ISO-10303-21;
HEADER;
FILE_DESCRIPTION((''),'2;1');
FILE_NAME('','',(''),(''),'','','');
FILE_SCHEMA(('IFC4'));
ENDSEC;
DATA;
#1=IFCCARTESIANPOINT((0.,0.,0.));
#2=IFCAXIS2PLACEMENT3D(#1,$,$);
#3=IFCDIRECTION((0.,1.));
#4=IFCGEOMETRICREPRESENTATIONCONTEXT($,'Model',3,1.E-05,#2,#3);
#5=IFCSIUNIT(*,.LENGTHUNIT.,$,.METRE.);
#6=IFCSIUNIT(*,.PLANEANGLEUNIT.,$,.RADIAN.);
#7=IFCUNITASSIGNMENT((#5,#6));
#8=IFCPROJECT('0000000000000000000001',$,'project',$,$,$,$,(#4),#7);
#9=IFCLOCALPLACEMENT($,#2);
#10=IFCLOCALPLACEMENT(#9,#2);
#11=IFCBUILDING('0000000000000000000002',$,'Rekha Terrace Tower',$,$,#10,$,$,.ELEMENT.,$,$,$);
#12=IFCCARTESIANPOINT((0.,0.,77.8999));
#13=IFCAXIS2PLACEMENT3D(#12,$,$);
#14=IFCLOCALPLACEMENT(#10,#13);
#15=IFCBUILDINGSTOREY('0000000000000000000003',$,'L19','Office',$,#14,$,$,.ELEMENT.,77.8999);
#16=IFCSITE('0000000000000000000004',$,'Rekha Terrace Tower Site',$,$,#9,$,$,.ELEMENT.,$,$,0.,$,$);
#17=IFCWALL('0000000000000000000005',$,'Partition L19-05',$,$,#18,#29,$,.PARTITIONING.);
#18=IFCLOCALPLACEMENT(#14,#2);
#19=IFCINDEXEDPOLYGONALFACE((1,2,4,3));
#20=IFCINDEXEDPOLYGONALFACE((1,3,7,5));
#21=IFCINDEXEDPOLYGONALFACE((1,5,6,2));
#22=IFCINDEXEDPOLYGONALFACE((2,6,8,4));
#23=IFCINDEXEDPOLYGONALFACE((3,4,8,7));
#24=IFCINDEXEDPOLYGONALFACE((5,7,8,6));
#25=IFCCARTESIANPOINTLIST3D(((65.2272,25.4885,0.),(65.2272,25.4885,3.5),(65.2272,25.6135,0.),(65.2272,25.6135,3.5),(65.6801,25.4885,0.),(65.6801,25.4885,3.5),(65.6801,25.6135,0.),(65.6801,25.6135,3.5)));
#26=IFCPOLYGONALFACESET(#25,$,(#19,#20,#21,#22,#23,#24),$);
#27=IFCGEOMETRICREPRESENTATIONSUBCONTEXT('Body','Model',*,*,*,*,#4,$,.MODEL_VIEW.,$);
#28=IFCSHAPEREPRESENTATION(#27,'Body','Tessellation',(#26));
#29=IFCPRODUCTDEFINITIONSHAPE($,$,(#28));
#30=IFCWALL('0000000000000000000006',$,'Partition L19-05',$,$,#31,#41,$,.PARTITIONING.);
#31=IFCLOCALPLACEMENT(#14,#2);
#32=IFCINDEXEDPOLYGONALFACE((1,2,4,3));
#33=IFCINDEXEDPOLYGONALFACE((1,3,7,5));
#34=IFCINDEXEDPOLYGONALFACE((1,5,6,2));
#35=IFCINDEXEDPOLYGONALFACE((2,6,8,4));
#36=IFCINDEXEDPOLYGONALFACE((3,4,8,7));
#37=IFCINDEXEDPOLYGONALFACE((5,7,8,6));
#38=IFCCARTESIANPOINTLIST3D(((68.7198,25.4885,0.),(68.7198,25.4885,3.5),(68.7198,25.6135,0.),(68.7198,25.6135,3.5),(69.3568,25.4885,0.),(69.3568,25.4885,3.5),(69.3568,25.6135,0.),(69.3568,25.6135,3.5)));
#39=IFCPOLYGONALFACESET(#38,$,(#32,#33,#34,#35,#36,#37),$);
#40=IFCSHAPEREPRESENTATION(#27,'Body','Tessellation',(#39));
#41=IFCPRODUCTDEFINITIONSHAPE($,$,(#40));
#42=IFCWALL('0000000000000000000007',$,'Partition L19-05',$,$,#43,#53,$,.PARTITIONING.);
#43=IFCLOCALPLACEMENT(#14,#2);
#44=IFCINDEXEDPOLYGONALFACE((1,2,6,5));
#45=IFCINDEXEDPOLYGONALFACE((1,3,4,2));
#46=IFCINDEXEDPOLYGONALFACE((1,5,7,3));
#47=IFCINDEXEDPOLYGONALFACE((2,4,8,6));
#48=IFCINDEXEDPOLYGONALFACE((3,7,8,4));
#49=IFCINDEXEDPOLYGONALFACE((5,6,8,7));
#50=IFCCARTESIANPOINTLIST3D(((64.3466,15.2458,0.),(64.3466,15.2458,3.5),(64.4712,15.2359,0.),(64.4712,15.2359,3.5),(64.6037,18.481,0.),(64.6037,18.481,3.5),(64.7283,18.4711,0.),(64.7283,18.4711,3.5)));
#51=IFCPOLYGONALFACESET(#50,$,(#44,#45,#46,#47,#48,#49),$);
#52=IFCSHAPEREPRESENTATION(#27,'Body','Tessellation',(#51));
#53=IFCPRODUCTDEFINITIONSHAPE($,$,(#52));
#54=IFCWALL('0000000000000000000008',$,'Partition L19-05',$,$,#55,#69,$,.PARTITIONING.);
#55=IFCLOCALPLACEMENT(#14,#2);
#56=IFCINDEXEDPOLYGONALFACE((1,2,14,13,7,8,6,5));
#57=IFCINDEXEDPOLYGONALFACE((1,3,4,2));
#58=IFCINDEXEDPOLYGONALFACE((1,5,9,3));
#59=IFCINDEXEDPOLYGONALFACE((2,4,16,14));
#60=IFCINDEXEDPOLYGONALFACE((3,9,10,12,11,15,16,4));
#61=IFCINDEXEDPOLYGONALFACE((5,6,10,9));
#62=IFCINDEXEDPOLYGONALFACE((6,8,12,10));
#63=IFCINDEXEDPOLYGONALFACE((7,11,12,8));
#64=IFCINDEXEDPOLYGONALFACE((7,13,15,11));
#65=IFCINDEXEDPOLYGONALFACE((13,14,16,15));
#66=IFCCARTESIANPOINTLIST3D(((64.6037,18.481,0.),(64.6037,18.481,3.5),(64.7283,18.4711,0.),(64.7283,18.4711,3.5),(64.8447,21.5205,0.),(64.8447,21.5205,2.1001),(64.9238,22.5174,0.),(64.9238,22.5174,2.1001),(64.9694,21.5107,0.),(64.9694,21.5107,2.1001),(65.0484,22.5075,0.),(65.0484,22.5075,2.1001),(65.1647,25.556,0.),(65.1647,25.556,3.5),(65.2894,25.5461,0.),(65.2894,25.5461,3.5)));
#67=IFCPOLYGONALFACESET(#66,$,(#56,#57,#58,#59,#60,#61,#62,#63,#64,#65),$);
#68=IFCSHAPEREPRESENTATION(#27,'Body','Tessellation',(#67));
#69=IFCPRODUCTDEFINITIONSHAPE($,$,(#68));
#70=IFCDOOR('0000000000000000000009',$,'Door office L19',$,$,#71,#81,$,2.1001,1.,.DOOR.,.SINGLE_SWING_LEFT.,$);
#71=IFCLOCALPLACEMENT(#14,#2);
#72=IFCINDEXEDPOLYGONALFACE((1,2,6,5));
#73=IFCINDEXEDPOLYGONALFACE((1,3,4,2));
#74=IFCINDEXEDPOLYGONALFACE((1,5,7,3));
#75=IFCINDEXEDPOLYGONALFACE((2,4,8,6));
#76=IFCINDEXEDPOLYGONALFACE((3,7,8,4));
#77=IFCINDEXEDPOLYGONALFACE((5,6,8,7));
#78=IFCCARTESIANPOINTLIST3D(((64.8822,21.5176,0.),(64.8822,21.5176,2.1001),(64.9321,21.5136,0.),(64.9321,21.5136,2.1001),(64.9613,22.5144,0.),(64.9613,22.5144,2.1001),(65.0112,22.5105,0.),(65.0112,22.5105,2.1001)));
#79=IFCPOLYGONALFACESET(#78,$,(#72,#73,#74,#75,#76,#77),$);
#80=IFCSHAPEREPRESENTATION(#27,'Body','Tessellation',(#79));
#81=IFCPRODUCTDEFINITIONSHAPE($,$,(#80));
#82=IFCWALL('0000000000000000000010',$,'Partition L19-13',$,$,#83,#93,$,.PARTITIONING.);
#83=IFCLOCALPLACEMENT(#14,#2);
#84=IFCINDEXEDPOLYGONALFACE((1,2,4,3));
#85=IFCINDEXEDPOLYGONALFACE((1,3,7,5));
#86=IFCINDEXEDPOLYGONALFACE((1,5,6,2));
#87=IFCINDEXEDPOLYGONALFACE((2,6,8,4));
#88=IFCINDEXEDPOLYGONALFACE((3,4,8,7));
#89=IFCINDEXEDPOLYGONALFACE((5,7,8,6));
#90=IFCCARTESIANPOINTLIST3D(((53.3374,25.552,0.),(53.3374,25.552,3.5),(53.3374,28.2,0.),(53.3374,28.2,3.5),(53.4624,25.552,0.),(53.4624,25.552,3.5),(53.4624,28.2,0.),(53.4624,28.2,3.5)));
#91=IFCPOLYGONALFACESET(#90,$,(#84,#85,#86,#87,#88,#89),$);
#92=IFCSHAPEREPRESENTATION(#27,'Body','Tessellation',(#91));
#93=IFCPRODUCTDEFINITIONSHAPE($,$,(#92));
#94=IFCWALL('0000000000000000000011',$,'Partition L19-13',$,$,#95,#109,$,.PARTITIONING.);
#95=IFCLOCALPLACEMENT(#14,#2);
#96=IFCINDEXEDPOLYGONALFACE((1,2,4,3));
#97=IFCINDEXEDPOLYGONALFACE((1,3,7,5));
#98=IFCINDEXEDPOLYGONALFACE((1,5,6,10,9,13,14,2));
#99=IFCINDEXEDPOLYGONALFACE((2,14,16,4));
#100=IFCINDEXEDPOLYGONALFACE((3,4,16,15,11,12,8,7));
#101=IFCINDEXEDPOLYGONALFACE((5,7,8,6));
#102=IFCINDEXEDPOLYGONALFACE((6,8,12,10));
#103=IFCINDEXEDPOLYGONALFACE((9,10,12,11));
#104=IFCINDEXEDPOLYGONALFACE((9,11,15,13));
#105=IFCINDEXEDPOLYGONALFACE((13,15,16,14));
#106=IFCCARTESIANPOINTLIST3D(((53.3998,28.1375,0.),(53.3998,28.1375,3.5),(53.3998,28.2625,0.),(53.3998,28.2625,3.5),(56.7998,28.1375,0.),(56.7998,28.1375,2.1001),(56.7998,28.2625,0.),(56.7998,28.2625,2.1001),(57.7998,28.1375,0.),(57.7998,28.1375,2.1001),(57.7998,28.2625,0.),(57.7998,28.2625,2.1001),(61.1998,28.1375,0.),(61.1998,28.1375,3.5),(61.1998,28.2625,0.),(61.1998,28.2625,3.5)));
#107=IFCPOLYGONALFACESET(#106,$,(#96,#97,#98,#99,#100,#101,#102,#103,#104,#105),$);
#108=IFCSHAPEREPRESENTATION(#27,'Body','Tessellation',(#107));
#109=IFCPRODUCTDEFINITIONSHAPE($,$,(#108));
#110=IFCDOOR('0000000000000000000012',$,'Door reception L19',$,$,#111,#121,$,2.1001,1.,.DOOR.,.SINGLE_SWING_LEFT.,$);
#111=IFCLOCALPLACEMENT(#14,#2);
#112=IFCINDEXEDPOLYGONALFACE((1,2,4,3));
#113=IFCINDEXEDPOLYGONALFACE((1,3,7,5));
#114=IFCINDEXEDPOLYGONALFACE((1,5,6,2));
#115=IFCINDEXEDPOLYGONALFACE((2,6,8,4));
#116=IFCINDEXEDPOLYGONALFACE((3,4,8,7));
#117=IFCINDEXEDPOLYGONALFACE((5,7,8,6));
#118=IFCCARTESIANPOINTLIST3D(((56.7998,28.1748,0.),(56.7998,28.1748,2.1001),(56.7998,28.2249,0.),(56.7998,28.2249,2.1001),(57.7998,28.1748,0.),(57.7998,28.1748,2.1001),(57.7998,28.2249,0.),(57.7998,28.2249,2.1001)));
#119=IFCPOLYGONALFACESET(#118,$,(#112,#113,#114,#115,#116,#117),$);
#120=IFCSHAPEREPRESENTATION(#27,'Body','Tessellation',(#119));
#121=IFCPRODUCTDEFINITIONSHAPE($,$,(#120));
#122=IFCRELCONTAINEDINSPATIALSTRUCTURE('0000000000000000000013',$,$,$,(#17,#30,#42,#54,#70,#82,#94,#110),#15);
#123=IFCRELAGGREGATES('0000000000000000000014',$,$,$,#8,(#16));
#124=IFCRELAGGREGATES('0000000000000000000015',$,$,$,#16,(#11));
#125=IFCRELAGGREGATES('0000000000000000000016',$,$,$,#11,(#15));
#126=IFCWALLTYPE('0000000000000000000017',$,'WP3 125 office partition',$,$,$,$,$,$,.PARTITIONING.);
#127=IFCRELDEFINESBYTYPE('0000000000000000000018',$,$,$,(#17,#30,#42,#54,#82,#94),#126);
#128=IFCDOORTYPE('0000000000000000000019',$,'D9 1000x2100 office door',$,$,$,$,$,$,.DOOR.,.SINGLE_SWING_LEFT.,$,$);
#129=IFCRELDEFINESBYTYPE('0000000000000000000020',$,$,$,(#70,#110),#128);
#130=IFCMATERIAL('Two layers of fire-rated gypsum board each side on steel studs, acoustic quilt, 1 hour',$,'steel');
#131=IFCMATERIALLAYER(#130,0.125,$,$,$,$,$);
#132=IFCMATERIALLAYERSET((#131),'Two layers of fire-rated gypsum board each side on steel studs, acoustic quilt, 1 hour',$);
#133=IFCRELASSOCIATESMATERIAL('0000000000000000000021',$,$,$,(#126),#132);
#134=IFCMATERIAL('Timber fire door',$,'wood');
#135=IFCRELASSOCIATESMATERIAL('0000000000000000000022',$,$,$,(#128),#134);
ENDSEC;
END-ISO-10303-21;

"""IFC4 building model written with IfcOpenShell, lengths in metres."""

from ifc_helpers import new_model, si_unit, direction, frame, frame_2d, origin, place, context, subcontext, project, spatial, rectangle, extrude, material, layer, layer_set, type_object, element, fill, save


model = new_model("IFC4")

# Units and contexts
model_context = context("Model", 3, precision=1e-05, world=origin(), true_north=direction((0.0, 1.0)))
body_context = subcontext(model_context, "Body", "Model", "MODEL_VIEW")
ifc_project = project(units=[si_unit("LENGTHUNIT", "METRE"), si_unit("PLANEANGLEUNIT", "RADIAN")], contexts=[model_context])

# Site, building, storey
site_placement = place(None, origin())
site = spatial("IfcSite", under=ifc_project, at=site_placement, Name="Rekha Terrace Tower Site", CompositionType="ELEMENT", RefElevation=0.0)
building_placement = place(site_placement, origin())
building = spatial("IfcBuilding", under=site, at=building_placement, Name="Rekha Terrace Tower", CompositionType="ELEMENT")
storey_placement = place(building_placement, frame((0.0, 0.0, 77.8999)))
storey = spatial("IfcBuildingStorey", under=building, at=storey_placement, Name="L19", Description="Office", CompositionType="ELEMENT", Elevation=77.8999)

# Walls
ifc_material_1 = material(Name="Two layers of fire-rated gypsum board each side on steel studs, acoustic quilt, 1 hour", Category="steel")
ifc_layer_1 = layer(ifc_material_1, 0.125)
ifc_layer_set_1 = layer_set([ifc_layer_1], Name="Two layers of fire-rated gypsum board each side on steel studs, acoustic quilt, 1 hour")
wall_type_1 = type_object("IfcWallType", Name="WP3 125 office partition", PredefinedType="PARTITIONING", material=ifc_layer_set_1)
wall_1_placement = place(storey_placement, frame((65.2271, 25.551, 0.0), z_axis=(0.0, 0.0, 1.0), x_axis=(1.0, 0.0, 0.0)))
element("IfcWall", 1, at=wall_1_placement, inside=storey, type_object=wall_type_1, Name="Partition L19-05", PredefinedType="PARTITIONING", context=body_context, shape_type="SweptSolid", body=[
    extrude(rectangle(XDim=0.4529, YDim=0.125, at=frame_2d((0.2266, 0.0))), origin(), (0.0, 0.0, 1.0), 3.5),
])
wall_2_placement = place(storey_placement, frame((68.72, 25.551, 0.0), z_axis=(0.0, 0.0, 1.0), x_axis=(1.0, 0.0, 0.0)))
element("IfcWall", 2, at=wall_2_placement, inside=storey, type_object=wall_type_1, Name="Partition L19-05", PredefinedType="PARTITIONING", context=body_context, shape_type="SweptSolid", body=[
    extrude(rectangle(XDim=0.637, YDim=0.125, at=frame_2d((0.3184, 0.0))), origin(), (0.0, 0.0, 1.0), 3.5),
])
wall_3_placement = place(storey_placement, frame((64.4089, 15.241, 0.0), z_axis=(0.0, 0.0, 1.0), x_axis=(0.079216, 0.996857, 0.0)))
element("IfcWall", 3, at=wall_3_placement, inside=storey, type_object=wall_type_1, Name="Partition L19-05", PredefinedType="PARTITIONING", context=body_context, shape_type="SweptSolid", body=[
    extrude(rectangle(XDim=3.2454, YDim=0.125, at=frame_2d((1.6226, 0.0))), origin(), (0.0, 0.0, 1.0), 3.5),
])

# Wall, opening, door
wall_4_placement = place(storey_placement, frame((64.666, 18.4761, 0.0), z_axis=(0.0, 0.0, 1.0), x_axis=(0.079051, 0.996871, 0.0)))
wall_4 = element("IfcWall", 4, at=wall_4_placement, inside=storey, type_object=wall_type_1, Name="Partition L19-05", PredefinedType="PARTITIONING", context=body_context, shape_type="SweptSolid", body=[
    extrude(rectangle(XDim=7.0972, YDim=0.125, at=frame_2d((3.5486, 0.0))), origin(), (0.0, 0.0, 1.0), 3.5),
])
opening_1_placement = place(wall_4_placement, frame((3.0491, 0.0, 0.0)))
opening_1 = element("IfcOpeningElement", 5, at=opening_1_placement, cuts=wall_4, PredefinedType="OPENING", context=body_context, shape_type="SweptSolid", body=[
    extrude(rectangle(XDim=1.0, YDim=2.1001, at=frame_2d((0.5, 1.05))), frame((0.0, 0.0725, 0.0), z_axis=(0.0, -1.0, 0.0), x_axis=(1.0, 0.0, 0.0)), (0.0, 0.0, 1.0), 0.145),
])
ifc_material_2 = material(Name="Timber fire door", Category="wood")
door_type = type_object("IfcDoorType", Name="D9 1000x2100 office door", OperationType="SINGLE_SWING_LEFT", PredefinedType="DOOR", material=ifc_material_2)
door_1_placement = place(opening_1_placement, origin())
door_1 = element("IfcDoor", 6, at=door_1_placement, inside=storey, type_object=door_type, Name="Door office L19", OperationType="SINGLE_SWING_LEFT", OverallHeight=2.1001, OverallWidth=1.0, PredefinedType="DOOR", context=body_context, shape_type="SweptSolid", body=[
    extrude(rectangle(XDim=1.0, YDim=2.1001, at=frame_2d((0.5, 1.05))), frame((0.0, 0.0249, 0.0), z_axis=(0.0, -1.0, 0.0), x_axis=(1.0, 0.0, 0.0)), (0.0, 0.0, 1.0), 0.05),
])
fill(opening_1, door_1)

# Wall
wall_5_placement = place(storey_placement, frame((53.3999, 25.552, 0.0), z_axis=(0.0, 0.0, 1.0), x_axis=(0.0, 1.0, 0.0)))
element("IfcWall", 7, at=wall_5_placement, inside=storey, type_object=wall_type_1, Name="Partition L19-13", PredefinedType="PARTITIONING", context=body_context, shape_type="SweptSolid", body=[
    extrude(rectangle(XDim=2.6479, YDim=0.125, at=frame_2d((1.324, 0.0))), origin(), (0.0, 0.0, 1.0), 3.5),
])

# Wall, opening, door
wall_6_placement = place(storey_placement, frame((53.3999, 28.2, 0.0), z_axis=(0.0, 0.0, 1.0), x_axis=(1.0, 0.0, 0.0)))
wall_6 = element("IfcWall", 8, at=wall_6_placement, inside=storey, type_object=wall_type_1, Name="Partition L19-13", PredefinedType="PARTITIONING", context=body_context, shape_type="SweptSolid", body=[
    extrude(rectangle(XDim=7.8, YDim=0.125, at=frame_2d((3.8999, 0.0))), origin(), (0.0, 0.0, 1.0), 3.5),
])
opening_2_placement = place(wall_6_placement, frame((3.3999, 0.0, 0.0)))
opening_2 = element("IfcOpeningElement", 9, at=opening_2_placement, cuts=wall_6, PredefinedType="OPENING", context=body_context, shape_type="SweptSolid", body=[
    extrude(rectangle(XDim=1.0, YDim=2.1001, at=frame_2d((0.5, 1.05))), frame((0.0, 0.0725, 0.0), z_axis=(0.0, -1.0, 0.0), x_axis=(1.0, 0.0, 0.0)), (0.0, 0.0, 1.0), 0.145),
])
door_2_placement = place(opening_2_placement, origin())
door_2 = element("IfcDoor", 10, at=door_2_placement, inside=storey, type_object=door_type, Name="Door reception L19", OperationType="SINGLE_SWING_LEFT", OverallHeight=2.1001, OverallWidth=1.0, PredefinedType="DOOR", context=body_context, shape_type="SweptSolid", body=[
    extrude(rectangle(XDim=1.0, YDim=2.1001, at=frame_2d((0.5, 1.05))), frame((0.0, 0.0249, 0.0), z_axis=(0.0, -1.0, 0.0), x_axis=(1.0, 0.0, 0.0)), (0.0, 0.0, 1.0), 0.05),
])
fill(opening_2, door_2)

save(model, "model.ifc")
